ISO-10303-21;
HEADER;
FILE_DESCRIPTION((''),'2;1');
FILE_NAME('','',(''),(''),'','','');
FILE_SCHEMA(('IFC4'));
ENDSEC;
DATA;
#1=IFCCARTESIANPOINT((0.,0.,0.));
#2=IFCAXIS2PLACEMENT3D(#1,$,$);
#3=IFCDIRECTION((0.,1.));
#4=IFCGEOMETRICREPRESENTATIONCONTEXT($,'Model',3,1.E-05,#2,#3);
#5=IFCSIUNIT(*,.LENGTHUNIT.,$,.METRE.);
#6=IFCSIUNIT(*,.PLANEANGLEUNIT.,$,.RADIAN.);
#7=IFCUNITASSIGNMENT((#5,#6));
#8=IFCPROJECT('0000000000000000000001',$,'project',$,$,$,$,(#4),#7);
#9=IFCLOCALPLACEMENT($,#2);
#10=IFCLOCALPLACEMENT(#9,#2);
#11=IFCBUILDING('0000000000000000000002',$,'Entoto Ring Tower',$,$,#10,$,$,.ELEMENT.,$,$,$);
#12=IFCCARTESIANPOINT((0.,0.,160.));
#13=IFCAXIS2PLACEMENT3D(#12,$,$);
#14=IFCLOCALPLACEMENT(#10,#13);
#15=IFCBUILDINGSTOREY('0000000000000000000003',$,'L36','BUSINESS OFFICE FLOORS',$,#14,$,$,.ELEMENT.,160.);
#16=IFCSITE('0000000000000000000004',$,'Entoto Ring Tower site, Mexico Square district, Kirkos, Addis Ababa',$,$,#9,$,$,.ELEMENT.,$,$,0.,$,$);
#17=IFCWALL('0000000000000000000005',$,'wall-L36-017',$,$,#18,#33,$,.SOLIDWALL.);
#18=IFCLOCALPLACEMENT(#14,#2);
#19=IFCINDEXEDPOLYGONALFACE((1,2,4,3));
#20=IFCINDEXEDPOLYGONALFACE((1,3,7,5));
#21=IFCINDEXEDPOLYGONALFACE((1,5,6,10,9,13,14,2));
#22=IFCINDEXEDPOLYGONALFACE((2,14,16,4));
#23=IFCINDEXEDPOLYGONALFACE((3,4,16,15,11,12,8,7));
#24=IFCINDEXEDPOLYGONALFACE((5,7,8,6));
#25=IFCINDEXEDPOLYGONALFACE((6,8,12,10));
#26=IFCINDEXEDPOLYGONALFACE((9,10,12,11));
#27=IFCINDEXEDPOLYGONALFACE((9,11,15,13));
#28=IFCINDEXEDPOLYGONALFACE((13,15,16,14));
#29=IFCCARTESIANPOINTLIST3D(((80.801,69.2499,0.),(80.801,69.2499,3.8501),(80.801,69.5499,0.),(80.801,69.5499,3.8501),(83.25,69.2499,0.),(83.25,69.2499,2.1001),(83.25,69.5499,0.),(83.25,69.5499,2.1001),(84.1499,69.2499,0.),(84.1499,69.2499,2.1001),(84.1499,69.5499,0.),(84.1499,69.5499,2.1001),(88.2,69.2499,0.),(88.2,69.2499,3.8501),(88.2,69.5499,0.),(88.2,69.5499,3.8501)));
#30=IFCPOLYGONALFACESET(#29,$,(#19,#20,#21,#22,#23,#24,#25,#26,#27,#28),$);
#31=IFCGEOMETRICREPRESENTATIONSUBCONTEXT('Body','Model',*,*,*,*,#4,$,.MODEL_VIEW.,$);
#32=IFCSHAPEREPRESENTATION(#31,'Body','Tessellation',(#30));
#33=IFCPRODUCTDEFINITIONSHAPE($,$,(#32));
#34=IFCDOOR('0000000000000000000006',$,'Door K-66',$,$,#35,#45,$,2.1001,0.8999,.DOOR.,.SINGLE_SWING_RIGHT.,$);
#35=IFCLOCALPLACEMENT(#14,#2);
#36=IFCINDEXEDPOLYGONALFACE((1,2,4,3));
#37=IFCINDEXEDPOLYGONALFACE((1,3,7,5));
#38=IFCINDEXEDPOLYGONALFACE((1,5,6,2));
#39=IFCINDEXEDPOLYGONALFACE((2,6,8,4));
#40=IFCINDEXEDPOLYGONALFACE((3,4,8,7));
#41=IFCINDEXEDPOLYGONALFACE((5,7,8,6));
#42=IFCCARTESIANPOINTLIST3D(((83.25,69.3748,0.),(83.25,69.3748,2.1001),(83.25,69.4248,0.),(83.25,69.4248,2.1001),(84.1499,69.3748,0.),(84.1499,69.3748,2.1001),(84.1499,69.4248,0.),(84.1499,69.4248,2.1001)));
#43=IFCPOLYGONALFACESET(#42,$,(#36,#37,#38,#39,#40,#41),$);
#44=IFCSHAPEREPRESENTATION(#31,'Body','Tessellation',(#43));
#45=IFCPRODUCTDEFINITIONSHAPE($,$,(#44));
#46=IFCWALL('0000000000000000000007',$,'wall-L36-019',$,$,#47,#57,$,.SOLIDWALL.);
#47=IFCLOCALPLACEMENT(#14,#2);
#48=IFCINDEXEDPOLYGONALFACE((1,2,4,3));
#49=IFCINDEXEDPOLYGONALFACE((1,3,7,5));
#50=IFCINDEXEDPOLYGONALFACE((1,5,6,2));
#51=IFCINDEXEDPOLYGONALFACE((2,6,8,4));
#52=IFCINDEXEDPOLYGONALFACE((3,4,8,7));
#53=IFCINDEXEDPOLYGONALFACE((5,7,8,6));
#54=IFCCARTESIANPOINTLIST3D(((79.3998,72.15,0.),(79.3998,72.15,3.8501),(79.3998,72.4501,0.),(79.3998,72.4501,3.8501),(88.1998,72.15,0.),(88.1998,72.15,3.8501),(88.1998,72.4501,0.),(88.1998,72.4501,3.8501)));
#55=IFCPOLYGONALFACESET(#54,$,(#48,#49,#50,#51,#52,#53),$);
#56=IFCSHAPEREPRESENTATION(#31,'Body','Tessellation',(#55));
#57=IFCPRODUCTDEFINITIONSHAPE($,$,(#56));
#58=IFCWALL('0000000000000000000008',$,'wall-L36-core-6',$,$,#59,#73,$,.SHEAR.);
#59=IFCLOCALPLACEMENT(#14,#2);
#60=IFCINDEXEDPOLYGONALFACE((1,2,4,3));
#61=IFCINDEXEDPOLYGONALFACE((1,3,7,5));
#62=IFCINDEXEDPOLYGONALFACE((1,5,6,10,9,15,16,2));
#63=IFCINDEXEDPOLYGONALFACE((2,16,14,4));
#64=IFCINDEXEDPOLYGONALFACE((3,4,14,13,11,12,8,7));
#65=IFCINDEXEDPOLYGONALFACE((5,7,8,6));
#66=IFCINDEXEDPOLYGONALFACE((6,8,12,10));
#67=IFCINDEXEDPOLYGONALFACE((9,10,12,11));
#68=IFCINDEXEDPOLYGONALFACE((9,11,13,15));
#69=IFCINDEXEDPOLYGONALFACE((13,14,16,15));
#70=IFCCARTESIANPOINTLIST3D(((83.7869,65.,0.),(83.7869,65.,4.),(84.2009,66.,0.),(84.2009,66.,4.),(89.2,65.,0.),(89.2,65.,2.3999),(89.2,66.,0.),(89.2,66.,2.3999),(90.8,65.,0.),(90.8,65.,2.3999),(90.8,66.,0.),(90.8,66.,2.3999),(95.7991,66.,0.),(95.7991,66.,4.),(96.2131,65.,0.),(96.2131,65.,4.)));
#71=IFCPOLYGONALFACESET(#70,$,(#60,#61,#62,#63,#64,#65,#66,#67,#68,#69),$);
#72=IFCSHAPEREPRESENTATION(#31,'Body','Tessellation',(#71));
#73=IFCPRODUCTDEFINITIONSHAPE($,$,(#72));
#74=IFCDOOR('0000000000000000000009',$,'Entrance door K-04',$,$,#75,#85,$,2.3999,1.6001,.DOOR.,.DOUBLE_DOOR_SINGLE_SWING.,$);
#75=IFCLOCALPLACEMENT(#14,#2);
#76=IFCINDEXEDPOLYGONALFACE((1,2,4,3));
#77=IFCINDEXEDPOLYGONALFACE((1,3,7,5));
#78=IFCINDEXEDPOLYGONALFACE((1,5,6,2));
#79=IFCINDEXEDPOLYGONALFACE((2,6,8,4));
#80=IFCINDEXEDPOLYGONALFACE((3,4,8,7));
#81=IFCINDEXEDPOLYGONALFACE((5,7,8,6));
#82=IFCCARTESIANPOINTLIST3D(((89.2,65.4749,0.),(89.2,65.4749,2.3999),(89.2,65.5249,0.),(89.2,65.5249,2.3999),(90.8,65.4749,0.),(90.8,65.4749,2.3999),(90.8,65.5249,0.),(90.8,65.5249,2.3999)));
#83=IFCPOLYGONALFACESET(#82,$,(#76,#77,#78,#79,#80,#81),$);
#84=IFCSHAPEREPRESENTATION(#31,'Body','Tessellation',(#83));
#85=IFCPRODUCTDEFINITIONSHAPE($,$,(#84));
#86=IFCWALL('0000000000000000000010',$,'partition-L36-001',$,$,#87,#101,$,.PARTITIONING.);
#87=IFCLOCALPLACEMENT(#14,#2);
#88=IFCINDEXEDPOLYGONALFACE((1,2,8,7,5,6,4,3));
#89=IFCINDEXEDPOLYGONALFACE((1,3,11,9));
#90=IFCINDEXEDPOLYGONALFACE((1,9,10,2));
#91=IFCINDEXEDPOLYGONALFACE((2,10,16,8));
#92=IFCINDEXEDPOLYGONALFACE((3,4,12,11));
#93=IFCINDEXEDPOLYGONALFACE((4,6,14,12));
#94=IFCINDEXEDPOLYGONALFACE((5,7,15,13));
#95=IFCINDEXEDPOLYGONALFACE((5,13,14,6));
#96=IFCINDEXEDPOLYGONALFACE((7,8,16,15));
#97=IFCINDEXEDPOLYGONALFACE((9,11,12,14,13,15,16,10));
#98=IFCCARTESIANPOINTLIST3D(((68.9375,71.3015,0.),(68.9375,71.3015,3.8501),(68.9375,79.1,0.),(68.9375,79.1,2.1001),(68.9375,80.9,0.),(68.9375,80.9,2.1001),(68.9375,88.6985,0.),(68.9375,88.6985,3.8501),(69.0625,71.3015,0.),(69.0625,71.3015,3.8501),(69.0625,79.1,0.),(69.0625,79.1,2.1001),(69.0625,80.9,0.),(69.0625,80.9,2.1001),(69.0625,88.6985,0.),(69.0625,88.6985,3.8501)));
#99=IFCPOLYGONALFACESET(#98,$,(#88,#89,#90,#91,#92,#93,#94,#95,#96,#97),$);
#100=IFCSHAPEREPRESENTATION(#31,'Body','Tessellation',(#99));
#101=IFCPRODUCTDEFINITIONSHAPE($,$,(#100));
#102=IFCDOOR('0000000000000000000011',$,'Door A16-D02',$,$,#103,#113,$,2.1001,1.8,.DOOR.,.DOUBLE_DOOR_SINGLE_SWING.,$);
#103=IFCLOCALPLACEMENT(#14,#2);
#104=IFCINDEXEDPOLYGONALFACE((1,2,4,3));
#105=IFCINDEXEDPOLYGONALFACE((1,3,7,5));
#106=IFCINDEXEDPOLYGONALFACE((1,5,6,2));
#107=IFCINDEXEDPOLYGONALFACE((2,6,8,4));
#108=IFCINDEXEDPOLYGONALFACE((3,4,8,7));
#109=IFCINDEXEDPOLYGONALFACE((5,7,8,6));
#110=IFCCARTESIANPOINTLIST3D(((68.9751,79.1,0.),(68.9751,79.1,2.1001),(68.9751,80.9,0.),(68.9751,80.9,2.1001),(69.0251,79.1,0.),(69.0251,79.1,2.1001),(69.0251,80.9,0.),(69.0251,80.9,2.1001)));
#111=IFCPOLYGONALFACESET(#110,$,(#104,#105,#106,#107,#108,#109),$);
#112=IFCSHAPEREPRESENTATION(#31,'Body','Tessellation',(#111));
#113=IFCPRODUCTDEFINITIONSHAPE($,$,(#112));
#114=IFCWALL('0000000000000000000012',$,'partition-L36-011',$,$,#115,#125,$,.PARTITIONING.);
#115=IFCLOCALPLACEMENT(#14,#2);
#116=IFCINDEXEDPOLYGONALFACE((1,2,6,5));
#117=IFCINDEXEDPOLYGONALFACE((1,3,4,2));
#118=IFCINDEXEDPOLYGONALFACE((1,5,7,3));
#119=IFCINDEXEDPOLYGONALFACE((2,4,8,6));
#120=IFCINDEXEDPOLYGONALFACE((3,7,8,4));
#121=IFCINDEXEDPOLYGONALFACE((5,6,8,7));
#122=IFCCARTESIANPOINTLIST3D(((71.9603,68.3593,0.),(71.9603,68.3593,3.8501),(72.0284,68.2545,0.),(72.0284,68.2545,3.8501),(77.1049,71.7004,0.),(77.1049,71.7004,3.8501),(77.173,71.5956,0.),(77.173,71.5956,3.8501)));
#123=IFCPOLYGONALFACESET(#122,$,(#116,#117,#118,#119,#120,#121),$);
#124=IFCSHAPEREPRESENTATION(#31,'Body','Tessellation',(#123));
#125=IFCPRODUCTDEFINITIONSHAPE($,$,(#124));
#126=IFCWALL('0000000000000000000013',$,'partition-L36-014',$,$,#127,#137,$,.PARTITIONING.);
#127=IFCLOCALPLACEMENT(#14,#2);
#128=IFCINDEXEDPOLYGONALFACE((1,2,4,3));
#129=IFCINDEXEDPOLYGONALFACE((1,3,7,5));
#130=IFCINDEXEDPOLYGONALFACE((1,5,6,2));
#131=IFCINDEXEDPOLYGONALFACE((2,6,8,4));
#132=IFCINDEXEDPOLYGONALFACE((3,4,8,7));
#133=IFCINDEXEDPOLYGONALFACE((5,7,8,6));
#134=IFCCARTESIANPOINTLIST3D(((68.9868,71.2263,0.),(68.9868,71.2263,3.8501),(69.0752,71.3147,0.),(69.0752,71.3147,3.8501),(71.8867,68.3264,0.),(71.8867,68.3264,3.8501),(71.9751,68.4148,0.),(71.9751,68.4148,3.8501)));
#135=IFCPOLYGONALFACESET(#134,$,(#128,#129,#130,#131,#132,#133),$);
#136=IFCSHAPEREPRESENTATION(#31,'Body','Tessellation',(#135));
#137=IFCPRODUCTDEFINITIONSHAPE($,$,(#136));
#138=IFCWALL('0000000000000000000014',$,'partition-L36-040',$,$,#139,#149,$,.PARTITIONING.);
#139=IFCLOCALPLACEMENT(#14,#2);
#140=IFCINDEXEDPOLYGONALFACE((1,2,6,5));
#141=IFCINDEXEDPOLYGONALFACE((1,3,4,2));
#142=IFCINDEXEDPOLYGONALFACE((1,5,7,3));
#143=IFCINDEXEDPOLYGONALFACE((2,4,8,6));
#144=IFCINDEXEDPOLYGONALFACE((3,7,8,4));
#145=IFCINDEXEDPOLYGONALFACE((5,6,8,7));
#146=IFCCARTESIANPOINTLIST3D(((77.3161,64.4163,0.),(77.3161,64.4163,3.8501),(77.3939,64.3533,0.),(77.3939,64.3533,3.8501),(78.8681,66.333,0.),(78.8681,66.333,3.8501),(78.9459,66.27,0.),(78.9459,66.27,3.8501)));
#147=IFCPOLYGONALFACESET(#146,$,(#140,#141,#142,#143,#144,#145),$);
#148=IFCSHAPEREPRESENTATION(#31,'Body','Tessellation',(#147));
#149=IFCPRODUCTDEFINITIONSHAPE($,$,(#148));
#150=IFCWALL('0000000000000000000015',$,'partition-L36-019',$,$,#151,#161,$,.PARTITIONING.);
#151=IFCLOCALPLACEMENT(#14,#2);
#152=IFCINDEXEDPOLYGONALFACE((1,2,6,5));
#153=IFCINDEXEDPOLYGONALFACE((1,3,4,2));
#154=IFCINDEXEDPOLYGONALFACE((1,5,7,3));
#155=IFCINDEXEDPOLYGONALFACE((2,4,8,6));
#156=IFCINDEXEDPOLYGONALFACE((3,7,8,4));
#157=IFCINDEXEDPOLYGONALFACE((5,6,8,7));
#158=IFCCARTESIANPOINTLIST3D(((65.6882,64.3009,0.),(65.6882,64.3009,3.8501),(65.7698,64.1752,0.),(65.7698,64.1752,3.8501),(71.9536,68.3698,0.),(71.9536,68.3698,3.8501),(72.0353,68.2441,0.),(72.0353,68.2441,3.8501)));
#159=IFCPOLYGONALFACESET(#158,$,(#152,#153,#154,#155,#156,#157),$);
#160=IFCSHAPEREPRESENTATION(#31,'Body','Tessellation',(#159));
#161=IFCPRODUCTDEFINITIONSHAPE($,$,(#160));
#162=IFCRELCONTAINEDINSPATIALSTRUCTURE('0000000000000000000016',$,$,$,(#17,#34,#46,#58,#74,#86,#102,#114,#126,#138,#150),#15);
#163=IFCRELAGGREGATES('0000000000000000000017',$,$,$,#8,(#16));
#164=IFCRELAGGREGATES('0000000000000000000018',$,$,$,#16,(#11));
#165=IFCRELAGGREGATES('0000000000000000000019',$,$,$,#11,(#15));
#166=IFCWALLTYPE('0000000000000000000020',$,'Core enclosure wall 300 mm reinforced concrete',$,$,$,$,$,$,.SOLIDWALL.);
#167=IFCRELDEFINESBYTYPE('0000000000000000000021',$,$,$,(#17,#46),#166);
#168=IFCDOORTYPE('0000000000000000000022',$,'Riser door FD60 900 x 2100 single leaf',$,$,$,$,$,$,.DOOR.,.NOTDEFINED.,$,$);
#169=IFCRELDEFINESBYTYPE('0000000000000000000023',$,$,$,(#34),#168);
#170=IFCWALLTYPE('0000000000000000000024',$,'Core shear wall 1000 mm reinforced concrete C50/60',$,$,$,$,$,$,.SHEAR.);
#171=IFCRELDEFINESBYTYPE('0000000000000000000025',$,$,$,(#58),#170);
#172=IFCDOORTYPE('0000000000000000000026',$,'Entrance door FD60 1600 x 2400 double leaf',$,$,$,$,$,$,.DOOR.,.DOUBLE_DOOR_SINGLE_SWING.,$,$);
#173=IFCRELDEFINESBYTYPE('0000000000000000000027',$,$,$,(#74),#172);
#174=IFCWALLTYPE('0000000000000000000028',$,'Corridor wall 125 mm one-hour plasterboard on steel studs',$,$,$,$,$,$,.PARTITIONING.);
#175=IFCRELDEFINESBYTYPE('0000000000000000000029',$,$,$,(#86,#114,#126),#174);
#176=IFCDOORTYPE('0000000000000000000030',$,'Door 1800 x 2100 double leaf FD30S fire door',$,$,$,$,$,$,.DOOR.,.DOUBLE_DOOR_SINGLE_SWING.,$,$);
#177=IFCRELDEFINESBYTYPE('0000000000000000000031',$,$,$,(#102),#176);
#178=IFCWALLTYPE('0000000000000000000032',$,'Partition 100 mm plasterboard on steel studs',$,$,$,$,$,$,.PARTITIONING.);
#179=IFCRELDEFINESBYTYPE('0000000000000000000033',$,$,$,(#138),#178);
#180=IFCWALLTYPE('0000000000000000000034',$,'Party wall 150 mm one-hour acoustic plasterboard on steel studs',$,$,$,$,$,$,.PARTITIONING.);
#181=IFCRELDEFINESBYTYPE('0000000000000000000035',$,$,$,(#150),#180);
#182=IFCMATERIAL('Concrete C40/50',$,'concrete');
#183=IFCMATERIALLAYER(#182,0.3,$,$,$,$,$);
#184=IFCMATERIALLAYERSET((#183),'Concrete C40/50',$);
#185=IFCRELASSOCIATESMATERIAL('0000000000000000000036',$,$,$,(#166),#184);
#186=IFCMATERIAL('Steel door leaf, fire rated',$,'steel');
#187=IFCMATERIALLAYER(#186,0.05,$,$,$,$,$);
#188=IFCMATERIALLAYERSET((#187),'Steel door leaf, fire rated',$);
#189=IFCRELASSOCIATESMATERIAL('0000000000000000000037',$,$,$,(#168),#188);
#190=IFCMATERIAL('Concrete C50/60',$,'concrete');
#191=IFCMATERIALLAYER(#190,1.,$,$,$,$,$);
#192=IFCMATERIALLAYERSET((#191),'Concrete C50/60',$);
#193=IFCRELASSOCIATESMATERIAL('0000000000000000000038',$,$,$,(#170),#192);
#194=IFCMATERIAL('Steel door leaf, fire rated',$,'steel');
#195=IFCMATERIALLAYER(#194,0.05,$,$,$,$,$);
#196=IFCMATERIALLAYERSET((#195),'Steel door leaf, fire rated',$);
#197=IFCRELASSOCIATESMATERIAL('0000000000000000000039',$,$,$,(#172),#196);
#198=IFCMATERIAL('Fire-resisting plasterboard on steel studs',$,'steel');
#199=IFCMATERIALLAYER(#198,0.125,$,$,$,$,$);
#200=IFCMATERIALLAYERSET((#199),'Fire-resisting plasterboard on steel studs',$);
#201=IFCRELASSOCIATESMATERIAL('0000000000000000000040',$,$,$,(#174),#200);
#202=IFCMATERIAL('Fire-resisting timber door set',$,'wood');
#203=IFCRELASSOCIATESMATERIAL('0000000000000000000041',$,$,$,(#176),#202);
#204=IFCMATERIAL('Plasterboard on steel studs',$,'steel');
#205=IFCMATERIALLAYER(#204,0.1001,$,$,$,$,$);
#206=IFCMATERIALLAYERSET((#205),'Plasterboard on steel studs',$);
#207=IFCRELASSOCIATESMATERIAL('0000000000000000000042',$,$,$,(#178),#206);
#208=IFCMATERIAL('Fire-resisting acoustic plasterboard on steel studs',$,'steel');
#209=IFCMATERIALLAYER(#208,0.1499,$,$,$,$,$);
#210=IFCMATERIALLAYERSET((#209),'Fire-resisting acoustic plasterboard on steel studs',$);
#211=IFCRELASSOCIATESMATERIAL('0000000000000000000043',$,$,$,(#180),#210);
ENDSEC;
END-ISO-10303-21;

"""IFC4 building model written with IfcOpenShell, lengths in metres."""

from ifc_helpers import new_model, si_unit, direction, frame, frame_2d, origin, place, context, subcontext, project, spatial, polyline, rectangle, outline, extrude, material, layer, layer_set, type_object, element, fill, save


model = new_model("IFC4")

# Units and contexts
model_context = context("Model", 3, precision=1e-05, world=origin(), true_north=direction((0.0, 1.0)))
body_context = subcontext(model_context, "Body", "Model", "MODEL_VIEW")
ifc_project = project(units=[si_unit("LENGTHUNIT", "METRE"), si_unit("PLANEANGLEUNIT", "RADIAN")], contexts=[model_context])

# Site, building, storey
site_placement = place(None, origin())
site = spatial("IfcSite", under=ifc_project, at=site_placement, Name="Entoto Ring Tower site, Mexico Square district, Kirkos, Addis Ababa", CompositionType="ELEMENT", RefElevation=0.0)
building_placement = place(site_placement, origin())
building = spatial("IfcBuilding", under=site, at=building_placement, Name="Entoto Ring Tower", CompositionType="ELEMENT")
storey_placement = place(building_placement, frame((0.0, 0.0, 160.0)))
storey = spatial("IfcBuildingStorey", under=building, at=storey_placement, Name="L36", Description="BUSINESS OFFICE FLOORS", CompositionType="ELEMENT", Elevation=160.0)

# Wall, opening, door
ifc_material_1 = material(Name="Concrete C40/50", Category="concrete")
ifc_layer_1 = layer(ifc_material_1, 0.3)
ifc_layer_set_1 = layer_set([ifc_layer_1], Name="Concrete C40/50")
wall_type_1 = type_object("IfcWallType", Name="Core enclosure wall 300 mm reinforced concrete", PredefinedType="SOLIDWALL", material=ifc_layer_set_1)
wall_1_placement = place(storey_placement, frame((80.801, 69.3999, 0.0), z_axis=(0.0, 0.0, 1.0), x_axis=(1.0, 0.0, 0.0)))
wall_1 = element("IfcWall", 1, at=wall_1_placement, inside=storey, type_object=wall_type_1, Name="wall-L36-017", PredefinedType="SOLIDWALL", context=body_context, shape_type="SweptSolid", body=[
    extrude(rectangle(XDim=7.3989, YDim=0.3, at=frame_2d((3.6995, 0.0))), origin(), (0.0, 0.0, 1.0), 3.8501),
])
opening_1_placement = place(wall_1_placement, frame((2.449, 0.0, 0.0)))
opening_1 = element("IfcOpeningElement", 2, at=opening_1_placement, cuts=wall_1, PredefinedType="OPENING", context=body_context, shape_type="SweptSolid", body=[
    extrude(rectangle(XDim=0.8999, YDim=2.1001, at=frame_2d((0.45, 1.05))), frame((0.0, 0.1602, 0.0), z_axis=(0.0, -1.0, 0.0), x_axis=(1.0, 0.0, 0.0)), (0.0, 0.0, 1.0), 0.3201),
])
ifc_material_2 = material(Name="Steel door leaf, fire rated", Category="steel")
ifc_layer_2 = layer(ifc_material_2, 0.05)
ifc_layer_set_2 = layer_set([ifc_layer_2], Name="Steel door leaf, fire rated")
door_type_1 = type_object("IfcDoorType", Name="Riser door FD60 900 x 2100 single leaf", OperationType="NOTDEFINED", PredefinedType="DOOR", material=ifc_layer_set_2)
door_1_placement = place(opening_1_placement, origin())
door_1 = element("IfcDoor", 3, at=door_1_placement, inside=storey, type_object=door_type_1, Name="Door K-66", OperationType="SINGLE_SWING_RIGHT", OverallHeight=2.1001, OverallWidth=0.8999, PredefinedType="DOOR", context=body_context, shape_type="SweptSolid", body=[
    extrude(rectangle(XDim=0.8999, YDim=2.1001, at=frame_2d((0.45, 1.05))), frame((0.0, 0.0249, 0.0), z_axis=(0.0, -1.0, 0.0), x_axis=(1.0, 0.0, 0.0)), (0.0, 0.0, 1.0), 0.05),
])
fill(opening_1, door_1)

# Wall
wall_2_placement = place(storey_placement, frame((79.3999, 72.3, 0.0), z_axis=(0.0, 0.0, 1.0), x_axis=(1.0, 0.0, 0.0)))
element("IfcWall", 4, at=wall_2_placement, inside=storey, type_object=wall_type_1, Name="wall-L36-019", PredefinedType="SOLIDWALL", context=body_context, shape_type="SweptSolid", body=[
    extrude(rectangle(XDim=8.8, YDim=0.3, at=frame_2d((4.3999, 0.0))), origin(), (0.0, 0.0, 1.0), 3.8501),
])

# Walls, openings, doors
ifc_material_3 = material(Name="Concrete C50/60", Category="concrete")
ifc_layer_3 = layer(ifc_material_3, 1.0)
ifc_layer_set_3 = layer_set([ifc_layer_3], Name="Concrete C50/60")
wall_type_2 = type_object("IfcWallType", Name="Core shear wall 1000 mm reinforced concrete C50/60", PredefinedType="SHEAR", material=ifc_layer_set_3)
wall_3_placement = place(storey_placement, frame((83.9939, 65.5, 0.0), z_axis=(0.0, 0.0, 1.0), x_axis=(1.0, 0.0, 0.0)))
wall_3 = element("IfcWall", 5, at=wall_3_placement, inside=storey, type_object=wall_type_2, Name="wall-L36-core-6", PredefinedType="SHEAR", context=body_context, shape_type="SweptSolid", body=[
    extrude(outline(polyline([(-0.207, -0.5), (12.2192, -0.5), (11.8052, 0.5), (0.207, 0.5), (-0.207, -0.5)])), origin(), (0.0, 0.0, 1.0), 4.0),
])
opening_2_placement = place(wall_3_placement, frame((5.2061, 0.0, 0.0)))
opening_2 = element("IfcOpeningElement", 6, at=opening_2_placement, cuts=wall_3, PredefinedType="OPENING", context=body_context, shape_type="SweptSolid", body=[
    extrude(rectangle(XDim=1.6001, YDim=2.3999, at=frame_2d((0.8, 1.2))), frame((0.0, 0.51, 0.0), z_axis=(0.0, -1.0, 0.0), x_axis=(1.0, 0.0, 0.0)), (0.0, 0.0, 1.0), 1.02),
])
ifc_material_4 = material(Name="Steel door leaf, fire rated", Category="steel")
ifc_layer_4 = layer(ifc_material_4, 0.05)
ifc_layer_set_4 = layer_set([ifc_layer_4], Name="Steel door leaf, fire rated")
door_type_2 = type_object("IfcDoorType", Name="Entrance door FD60 1600 x 2400 double leaf", OperationType="DOUBLE_DOOR_SINGLE_SWING", PredefinedType="DOOR", material=ifc_layer_set_4)
door_2_placement = place(opening_2_placement, origin())
door_2 = element("IfcDoor", 7, at=door_2_placement, inside=storey, type_object=door_type_2, Name="Entrance door K-04", OperationType="DOUBLE_DOOR_SINGLE_SWING", OverallHeight=2.3999, OverallWidth=1.6001, PredefinedType="DOOR", context=body_context, shape_type="SweptSolid", body=[
    extrude(rectangle(XDim=1.6001, YDim=2.3999, at=frame_2d((0.8, 1.2))), frame((0.0, 0.0249, 0.0), z_axis=(0.0, -1.0, 0.0), x_axis=(1.0, 0.0, 0.0)), (0.0, 0.0, 1.0), 0.05),
])
fill(opening_2, door_2)
ifc_material_5 = material(Name="Fire-resisting plasterboard on steel studs", Category="steel")
ifc_layer_5 = layer(ifc_material_5, 0.125)
ifc_layer_set_5 = layer_set([ifc_layer_5], Name="Fire-resisting plasterboard on steel studs")
wall_type_3 = type_object("IfcWallType", Name="Corridor wall 125 mm one-hour plasterboard on steel studs", PredefinedType="PARTITIONING", material=ifc_layer_set_5)
wall_4_placement = place(storey_placement, frame((69.0, 71.3015, 0.0), z_axis=(0.0, 0.0, 1.0), x_axis=(0.0, 1.0, 0.0)))
wall_4 = element("IfcWall", 8, at=wall_4_placement, inside=storey, type_object=wall_type_3, Name="partition-L36-001", PredefinedType="PARTITIONING", context=body_context, shape_type="SweptSolid", body=[
    extrude(rectangle(XDim=17.397, YDim=0.125, at=frame_2d((8.6985, 0.0))), origin(), (0.0, 0.0, 1.0), 3.8501),
])
opening_3_placement = place(wall_4_placement, frame((7.7986, 0.0, 0.0)))
opening_3 = element("IfcOpeningElement", 9, at=opening_3_placement, cuts=wall_4, PredefinedType="OPENING", context=body_context, shape_type="SweptSolid", body=[
    extrude(rectangle(XDim=1.8, YDim=2.1001, at=frame_2d((0.8999, 1.05))), frame((0.0, 0.0725, 0.0), z_axis=(0.0, -1.0, 0.0), x_axis=(1.0, 0.0, 0.0)), (0.0, 0.0, 1.0), 0.145),
])
ifc_material_6 = material(Name="Fire-resisting timber door set", Category="wood")
door_type_3 = type_object("IfcDoorType", Name="Door 1800 x 2100 double leaf FD30S fire door", OperationType="DOUBLE_DOOR_SINGLE_SWING", PredefinedType="DOOR", material=ifc_material_6)
door_3_placement = place(opening_3_placement, origin())
door_3 = element("IfcDoor", 10, at=door_3_placement, inside=storey, type_object=door_type_3, Name="Door A16-D02", OperationType="DOUBLE_DOOR_SINGLE_SWING", OverallHeight=2.1001, OverallWidth=1.8, PredefinedType="DOOR", context=body_context, shape_type="SweptSolid", body=[
    extrude(rectangle(XDim=1.8, YDim=2.1001, at=frame_2d((0.8999, 1.05))), frame((0.0, 0.0249, 0.0), z_axis=(0.0, -1.0, 0.0), x_axis=(1.0, 0.0, 0.0)), (0.0, 0.0, 1.0), 0.05),
])
fill(opening_3, door_3)

# Walls
wall_5_placement = place(storey_placement, frame((71.9944, 68.3069, 0.0), z_axis=(0.0, 0.0, 1.0), x_axis=(0.838658, 0.544658, 0.0)))
element("IfcWall", 11, at=wall_5_placement, inside=storey, type_object=wall_type_3, Name="partition-L36-011", PredefinedType="PARTITIONING", context=body_context, shape_type="SweptSolid", body=[
    extrude(rectangle(XDim=6.1343, YDim=0.125, at=frame_2d((3.0671, 0.0))), origin(), (0.0, 0.0, 1.0), 3.8501),
])
wall_6_placement = place(storey_placement, frame((71.9309, 68.3706, 0.0), z_axis=(0.0, 0.0, 1.0), x_axis=(-0.707107, 0.707107, 0.0)))
element("IfcWall", 12, at=wall_6_placement, inside=storey, type_object=wall_type_3, Name="partition-L36-014", PredefinedType="PARTITIONING", context=body_context, shape_type="SweptSolid", body=[
    extrude(rectangle(XDim=4.1011, YDim=0.125, at=frame_2d((2.0505, 0.0))), origin(), (0.0, 0.0, 1.0), 3.8501),
])
ifc_material_7 = material(Name="Plasterboard on steel studs", Category="steel")
ifc_layer_6 = layer(ifc_material_7, 0.1001)
ifc_layer_set_6 = layer_set([ifc_layer_6], Name="Plasterboard on steel studs")
wall_type_4 = type_object("IfcWallType", Name="Partition 100 mm plasterboard on steel studs", PredefinedType="PARTITIONING", material=ifc_layer_set_6)
wall_7_placement = place(storey_placement, frame((77.355, 64.3848, 0.0), z_axis=(0.0, 0.0, 1.0), x_axis=(0.629284, 0.777176, 0.0)))
element("IfcWall", 13, at=wall_7_placement, inside=storey, type_object=wall_type_4, Name="partition-L36-040", PredefinedType="PARTITIONING", context=body_context, shape_type="SweptSolid", body=[
    extrude(rectangle(XDim=2.4663, YDim=0.1001, at=frame_2d((1.2332, 0.0))), origin(), (0.0, 0.0, 1.0), 3.8501),
])
ifc_material_8 = material(Name="Fire-resisting acoustic plasterboard on steel studs", Category="steel")
ifc_layer_7 = layer(ifc_material_8, 0.1499)
ifc_layer_set_7 = layer_set([ifc_layer_7], Name="Fire-resisting acoustic plasterboard on steel studs")
wall_type_5 = type_object("IfcWallType", Name="Party wall 150 mm one-hour acoustic plasterboard on steel studs", PredefinedType="PARTITIONING", material=ifc_layer_set_7)
wall_8_placement = place(storey_placement, frame((65.729, 64.238, 0.0), z_axis=(0.0, 0.0, 1.0), x_axis=(0.838667, 0.544645, 0.0)))
element("IfcWall", 14, at=wall_8_placement, inside=storey, type_object=wall_type_5, Name="partition-L36-019", PredefinedType="PARTITIONING", context=body_context, shape_type="SweptSolid", body=[
    extrude(rectangle(XDim=7.4707, YDim=0.1499, at=frame_2d((3.7354, 0.0))), origin(), (0.0, 0.0, 1.0), 3.8501),
])

save(model, "model.ifc")
